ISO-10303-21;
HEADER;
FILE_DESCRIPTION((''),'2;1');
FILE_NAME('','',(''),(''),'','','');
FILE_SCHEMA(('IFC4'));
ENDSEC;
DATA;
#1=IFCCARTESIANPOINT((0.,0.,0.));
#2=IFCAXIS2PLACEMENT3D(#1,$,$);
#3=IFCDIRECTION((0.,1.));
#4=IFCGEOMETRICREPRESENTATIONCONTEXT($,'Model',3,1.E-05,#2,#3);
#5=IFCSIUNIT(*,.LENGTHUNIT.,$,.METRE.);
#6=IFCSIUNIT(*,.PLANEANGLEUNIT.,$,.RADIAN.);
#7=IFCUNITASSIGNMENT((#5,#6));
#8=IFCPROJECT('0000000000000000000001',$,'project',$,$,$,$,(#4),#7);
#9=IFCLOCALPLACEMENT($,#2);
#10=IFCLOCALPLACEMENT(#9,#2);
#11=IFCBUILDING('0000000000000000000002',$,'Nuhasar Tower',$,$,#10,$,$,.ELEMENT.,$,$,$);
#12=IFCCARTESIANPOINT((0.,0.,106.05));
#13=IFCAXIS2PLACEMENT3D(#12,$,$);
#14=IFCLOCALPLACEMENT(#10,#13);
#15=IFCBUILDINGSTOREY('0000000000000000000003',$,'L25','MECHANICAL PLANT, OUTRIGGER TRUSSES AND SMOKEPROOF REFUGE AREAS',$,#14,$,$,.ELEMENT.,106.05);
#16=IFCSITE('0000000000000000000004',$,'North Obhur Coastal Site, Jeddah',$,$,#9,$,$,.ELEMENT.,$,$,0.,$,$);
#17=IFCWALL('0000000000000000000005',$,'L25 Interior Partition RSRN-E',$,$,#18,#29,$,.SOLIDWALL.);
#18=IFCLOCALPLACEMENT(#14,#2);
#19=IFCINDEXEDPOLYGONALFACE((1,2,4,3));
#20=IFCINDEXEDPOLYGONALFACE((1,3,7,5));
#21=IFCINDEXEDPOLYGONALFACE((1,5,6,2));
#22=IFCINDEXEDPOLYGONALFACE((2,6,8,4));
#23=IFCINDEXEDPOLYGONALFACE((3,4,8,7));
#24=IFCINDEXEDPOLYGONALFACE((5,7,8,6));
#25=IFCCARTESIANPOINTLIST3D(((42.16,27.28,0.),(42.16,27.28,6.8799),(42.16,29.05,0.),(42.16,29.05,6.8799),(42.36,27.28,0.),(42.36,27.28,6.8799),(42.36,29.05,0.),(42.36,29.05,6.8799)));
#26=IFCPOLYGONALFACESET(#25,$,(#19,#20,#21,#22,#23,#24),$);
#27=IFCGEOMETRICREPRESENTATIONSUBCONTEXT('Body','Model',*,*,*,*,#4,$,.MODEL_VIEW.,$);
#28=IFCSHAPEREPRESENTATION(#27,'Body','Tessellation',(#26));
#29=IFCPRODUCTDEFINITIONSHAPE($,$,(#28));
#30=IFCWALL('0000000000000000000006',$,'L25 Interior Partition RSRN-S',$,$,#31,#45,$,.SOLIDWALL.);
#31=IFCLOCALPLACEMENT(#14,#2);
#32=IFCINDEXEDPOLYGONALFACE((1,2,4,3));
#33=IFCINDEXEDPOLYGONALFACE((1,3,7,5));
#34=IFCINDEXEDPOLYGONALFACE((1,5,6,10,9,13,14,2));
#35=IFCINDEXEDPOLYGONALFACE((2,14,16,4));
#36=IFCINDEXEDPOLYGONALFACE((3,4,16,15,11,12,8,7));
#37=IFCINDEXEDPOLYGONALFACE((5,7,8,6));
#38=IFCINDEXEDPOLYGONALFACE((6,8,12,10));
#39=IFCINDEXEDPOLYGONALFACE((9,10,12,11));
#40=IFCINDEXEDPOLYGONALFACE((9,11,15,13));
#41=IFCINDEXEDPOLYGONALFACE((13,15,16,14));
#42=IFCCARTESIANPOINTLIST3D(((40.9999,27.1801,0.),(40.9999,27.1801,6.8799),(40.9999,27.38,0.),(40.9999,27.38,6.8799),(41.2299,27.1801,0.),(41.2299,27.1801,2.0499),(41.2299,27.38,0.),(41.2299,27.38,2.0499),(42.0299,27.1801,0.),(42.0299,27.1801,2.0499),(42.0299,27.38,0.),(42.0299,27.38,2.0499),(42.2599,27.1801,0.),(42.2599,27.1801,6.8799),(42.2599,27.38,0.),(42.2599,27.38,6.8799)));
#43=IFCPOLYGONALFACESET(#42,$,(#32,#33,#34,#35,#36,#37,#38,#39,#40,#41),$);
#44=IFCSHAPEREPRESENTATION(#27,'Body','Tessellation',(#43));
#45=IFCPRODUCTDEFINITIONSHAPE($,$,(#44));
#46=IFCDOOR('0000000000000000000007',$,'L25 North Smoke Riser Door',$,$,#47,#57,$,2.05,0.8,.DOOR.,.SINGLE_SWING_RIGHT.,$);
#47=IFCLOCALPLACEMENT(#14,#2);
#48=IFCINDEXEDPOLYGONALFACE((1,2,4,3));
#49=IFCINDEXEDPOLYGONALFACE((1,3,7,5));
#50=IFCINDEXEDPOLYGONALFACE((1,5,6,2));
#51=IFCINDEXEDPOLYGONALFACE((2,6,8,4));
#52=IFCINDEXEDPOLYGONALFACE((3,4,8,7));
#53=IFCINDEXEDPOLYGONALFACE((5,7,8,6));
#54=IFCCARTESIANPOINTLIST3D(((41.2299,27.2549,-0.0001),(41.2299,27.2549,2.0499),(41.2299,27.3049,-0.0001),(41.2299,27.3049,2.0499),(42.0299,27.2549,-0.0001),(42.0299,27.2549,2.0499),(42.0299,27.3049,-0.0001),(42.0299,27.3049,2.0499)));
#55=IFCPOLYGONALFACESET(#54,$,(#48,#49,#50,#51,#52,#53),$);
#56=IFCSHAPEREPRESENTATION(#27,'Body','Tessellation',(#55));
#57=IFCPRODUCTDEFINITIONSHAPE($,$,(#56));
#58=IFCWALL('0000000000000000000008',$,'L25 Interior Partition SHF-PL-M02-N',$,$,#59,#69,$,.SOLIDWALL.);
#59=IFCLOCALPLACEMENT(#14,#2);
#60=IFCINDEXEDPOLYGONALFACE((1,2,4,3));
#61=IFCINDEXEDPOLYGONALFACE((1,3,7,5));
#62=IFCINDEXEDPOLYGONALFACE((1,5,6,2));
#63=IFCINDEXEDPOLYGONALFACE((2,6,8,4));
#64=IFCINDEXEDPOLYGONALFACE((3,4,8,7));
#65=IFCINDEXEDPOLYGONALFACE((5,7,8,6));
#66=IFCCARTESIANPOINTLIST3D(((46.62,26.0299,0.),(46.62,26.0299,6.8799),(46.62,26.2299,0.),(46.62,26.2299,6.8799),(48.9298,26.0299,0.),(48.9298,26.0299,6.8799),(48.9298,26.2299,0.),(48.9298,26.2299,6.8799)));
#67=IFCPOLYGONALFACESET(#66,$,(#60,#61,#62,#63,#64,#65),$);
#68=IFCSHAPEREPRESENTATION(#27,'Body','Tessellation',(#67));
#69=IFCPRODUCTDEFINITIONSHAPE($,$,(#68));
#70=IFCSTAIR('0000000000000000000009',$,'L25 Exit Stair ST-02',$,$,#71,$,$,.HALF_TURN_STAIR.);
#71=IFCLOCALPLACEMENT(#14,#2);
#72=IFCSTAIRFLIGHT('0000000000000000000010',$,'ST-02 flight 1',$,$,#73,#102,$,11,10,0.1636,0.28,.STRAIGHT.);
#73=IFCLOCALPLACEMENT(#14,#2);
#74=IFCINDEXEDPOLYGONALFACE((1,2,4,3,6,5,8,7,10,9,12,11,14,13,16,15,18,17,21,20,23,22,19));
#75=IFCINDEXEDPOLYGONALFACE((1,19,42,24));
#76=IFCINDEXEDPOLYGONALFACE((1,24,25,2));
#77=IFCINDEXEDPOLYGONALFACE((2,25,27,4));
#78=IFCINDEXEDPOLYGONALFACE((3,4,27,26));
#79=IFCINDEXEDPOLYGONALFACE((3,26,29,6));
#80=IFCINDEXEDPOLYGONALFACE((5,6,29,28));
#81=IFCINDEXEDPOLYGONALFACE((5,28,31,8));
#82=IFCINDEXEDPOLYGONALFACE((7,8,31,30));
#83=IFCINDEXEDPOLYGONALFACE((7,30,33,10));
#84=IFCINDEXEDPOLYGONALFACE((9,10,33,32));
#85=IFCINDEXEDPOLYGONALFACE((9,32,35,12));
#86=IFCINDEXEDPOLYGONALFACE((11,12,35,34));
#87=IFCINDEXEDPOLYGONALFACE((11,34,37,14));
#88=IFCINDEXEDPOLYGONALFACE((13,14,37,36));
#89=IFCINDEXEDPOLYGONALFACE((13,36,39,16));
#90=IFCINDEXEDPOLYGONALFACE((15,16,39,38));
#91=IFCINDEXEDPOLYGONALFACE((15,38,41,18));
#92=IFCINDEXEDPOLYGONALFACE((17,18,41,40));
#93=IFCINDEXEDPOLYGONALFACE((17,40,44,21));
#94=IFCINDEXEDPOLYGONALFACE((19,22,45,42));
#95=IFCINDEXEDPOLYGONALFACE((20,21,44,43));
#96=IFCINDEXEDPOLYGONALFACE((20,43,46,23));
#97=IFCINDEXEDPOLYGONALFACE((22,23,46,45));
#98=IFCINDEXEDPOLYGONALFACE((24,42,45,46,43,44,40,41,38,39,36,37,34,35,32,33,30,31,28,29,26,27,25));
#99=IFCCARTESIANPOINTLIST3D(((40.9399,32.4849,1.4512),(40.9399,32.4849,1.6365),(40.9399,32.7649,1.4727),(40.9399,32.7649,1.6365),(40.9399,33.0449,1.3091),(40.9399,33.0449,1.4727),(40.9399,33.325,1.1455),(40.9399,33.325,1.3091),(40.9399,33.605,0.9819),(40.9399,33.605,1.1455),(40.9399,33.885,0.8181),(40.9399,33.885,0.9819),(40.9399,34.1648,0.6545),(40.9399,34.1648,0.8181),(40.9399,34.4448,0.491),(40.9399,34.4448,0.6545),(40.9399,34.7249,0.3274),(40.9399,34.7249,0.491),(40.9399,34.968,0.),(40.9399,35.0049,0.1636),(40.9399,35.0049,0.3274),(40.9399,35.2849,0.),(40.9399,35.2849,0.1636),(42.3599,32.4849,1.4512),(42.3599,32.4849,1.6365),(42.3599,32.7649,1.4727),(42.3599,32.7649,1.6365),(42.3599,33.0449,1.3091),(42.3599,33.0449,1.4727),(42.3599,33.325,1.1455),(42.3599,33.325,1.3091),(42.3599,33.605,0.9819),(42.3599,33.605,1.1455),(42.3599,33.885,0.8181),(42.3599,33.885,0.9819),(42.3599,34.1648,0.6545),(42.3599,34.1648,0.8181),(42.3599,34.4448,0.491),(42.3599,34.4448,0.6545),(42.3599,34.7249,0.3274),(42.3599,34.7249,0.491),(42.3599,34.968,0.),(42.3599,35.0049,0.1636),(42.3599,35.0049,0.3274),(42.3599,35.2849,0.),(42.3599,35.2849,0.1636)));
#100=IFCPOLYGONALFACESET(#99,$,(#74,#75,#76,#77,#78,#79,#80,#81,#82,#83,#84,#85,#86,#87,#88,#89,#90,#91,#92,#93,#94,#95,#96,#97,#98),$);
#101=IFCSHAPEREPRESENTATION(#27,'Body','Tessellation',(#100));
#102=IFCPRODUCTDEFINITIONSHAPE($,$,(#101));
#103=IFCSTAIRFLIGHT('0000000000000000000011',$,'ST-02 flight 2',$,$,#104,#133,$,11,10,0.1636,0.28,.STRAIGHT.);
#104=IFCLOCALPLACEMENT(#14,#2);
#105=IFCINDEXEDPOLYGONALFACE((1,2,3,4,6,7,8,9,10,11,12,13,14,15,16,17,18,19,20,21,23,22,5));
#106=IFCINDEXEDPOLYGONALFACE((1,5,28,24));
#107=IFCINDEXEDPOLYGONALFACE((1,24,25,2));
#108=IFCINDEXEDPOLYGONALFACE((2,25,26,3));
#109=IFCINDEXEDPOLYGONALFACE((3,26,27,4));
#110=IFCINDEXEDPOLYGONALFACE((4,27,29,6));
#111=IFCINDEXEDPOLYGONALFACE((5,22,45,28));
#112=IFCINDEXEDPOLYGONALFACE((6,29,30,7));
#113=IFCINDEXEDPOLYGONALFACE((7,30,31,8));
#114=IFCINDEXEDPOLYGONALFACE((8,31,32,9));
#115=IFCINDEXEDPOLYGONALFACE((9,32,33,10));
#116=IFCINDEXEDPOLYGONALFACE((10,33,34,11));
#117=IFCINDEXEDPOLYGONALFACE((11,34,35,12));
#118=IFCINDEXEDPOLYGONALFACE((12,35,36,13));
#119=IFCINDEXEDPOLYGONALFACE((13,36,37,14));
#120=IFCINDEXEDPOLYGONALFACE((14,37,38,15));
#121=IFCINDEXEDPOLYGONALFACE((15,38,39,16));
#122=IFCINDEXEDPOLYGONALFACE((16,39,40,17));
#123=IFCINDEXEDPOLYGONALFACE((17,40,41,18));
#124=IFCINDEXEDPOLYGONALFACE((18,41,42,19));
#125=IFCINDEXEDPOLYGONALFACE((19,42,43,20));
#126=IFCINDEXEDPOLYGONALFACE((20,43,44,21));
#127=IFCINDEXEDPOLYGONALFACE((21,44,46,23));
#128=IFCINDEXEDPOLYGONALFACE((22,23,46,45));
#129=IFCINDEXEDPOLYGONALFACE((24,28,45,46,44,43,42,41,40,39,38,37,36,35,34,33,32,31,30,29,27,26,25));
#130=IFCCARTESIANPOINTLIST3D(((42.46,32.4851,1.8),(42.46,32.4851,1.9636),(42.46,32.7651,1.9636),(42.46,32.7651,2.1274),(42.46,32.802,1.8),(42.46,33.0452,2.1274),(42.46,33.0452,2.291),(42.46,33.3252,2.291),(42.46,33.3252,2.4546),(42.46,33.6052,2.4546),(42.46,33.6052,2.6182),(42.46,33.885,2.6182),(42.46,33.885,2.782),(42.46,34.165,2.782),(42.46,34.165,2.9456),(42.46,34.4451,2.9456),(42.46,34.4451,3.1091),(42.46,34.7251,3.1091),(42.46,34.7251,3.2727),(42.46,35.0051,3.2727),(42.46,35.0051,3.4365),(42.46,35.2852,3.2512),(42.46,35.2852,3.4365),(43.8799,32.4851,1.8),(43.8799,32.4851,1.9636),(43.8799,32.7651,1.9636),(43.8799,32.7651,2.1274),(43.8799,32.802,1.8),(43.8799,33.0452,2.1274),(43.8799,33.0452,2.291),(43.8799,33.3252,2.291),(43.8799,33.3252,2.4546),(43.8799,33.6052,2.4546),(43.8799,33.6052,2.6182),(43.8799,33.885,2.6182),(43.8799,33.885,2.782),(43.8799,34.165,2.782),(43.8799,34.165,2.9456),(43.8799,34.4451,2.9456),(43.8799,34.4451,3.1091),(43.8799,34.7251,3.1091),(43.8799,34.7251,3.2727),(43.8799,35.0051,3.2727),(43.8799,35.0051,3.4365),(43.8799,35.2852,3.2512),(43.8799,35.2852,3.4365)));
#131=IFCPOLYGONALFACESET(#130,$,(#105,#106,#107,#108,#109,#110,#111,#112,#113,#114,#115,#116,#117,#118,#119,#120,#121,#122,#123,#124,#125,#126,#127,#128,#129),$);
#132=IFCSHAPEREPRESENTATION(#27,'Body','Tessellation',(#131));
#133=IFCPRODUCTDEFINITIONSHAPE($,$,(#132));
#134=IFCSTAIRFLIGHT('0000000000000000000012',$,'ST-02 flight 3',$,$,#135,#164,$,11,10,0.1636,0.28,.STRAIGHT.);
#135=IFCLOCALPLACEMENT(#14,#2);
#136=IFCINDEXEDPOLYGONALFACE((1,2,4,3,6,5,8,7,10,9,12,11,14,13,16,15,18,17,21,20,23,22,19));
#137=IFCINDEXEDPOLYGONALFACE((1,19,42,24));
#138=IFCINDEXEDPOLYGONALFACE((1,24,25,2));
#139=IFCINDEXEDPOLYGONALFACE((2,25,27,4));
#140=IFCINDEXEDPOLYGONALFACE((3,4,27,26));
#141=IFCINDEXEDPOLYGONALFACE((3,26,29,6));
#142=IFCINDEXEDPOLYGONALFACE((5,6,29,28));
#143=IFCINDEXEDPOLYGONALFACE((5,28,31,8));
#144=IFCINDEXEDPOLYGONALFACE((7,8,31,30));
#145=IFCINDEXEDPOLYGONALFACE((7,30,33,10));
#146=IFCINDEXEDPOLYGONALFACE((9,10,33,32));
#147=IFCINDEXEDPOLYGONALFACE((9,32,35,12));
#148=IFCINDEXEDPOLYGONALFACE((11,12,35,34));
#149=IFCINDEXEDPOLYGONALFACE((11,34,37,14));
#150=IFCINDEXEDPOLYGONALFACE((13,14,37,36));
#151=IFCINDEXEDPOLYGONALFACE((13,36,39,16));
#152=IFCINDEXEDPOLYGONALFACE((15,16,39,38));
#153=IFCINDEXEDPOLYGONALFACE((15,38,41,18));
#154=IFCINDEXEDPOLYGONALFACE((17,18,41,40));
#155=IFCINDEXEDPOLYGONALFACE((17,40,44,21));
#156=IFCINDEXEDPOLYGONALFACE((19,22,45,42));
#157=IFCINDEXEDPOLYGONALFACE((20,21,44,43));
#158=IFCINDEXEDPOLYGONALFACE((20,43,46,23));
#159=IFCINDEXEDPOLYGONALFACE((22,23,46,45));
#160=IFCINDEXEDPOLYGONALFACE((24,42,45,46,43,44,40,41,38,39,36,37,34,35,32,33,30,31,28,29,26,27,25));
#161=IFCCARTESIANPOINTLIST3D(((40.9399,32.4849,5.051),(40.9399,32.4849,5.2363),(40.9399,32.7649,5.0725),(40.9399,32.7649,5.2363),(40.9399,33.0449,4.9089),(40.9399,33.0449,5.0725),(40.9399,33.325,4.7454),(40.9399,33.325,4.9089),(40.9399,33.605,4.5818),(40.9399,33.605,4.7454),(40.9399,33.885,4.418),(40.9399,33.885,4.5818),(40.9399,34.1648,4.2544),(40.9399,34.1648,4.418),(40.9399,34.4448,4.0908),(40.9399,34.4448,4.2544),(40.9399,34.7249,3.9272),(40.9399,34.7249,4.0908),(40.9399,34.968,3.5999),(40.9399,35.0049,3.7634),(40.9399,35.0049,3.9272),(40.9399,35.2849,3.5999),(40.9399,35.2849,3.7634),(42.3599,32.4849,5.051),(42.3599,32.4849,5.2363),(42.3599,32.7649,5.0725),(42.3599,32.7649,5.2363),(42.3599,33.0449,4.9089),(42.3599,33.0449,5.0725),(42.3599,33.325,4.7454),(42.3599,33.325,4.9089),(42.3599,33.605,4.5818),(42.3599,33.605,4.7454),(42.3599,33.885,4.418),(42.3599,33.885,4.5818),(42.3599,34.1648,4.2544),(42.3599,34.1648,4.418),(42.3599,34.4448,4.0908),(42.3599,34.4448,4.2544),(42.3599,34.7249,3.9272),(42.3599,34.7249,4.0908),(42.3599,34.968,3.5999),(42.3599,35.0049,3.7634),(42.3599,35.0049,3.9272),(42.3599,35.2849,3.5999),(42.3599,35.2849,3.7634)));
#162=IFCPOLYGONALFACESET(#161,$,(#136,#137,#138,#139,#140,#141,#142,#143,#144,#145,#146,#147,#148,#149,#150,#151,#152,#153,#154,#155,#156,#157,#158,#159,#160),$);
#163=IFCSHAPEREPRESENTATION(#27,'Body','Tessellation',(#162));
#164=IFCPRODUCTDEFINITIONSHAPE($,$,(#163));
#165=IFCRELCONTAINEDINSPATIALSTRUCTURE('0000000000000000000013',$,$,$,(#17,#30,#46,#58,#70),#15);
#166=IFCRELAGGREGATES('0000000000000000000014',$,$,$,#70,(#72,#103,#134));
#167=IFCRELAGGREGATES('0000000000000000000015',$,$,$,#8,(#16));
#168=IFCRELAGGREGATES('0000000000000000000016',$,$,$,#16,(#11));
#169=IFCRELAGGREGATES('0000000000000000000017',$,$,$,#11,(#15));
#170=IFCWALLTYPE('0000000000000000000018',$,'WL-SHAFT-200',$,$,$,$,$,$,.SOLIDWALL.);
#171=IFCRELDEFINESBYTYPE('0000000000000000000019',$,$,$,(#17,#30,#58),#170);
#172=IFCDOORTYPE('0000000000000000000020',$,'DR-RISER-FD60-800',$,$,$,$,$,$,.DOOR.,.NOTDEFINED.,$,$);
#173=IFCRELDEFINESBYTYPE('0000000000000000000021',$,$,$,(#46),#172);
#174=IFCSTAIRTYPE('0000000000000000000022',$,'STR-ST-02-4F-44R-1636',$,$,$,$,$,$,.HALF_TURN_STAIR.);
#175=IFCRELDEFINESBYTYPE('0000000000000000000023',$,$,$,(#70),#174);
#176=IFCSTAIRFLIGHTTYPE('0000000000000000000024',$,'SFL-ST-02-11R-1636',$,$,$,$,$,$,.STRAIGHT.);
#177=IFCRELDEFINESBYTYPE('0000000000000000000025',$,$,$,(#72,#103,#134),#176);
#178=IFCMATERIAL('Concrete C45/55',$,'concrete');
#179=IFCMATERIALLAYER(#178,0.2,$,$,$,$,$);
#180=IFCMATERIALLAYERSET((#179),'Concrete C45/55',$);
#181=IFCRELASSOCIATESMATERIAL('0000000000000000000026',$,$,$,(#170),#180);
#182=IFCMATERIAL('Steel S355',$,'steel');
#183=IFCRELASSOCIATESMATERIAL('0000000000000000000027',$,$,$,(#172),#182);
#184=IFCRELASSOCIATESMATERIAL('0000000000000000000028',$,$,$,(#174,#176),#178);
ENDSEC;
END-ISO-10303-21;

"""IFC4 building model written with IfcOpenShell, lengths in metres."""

from ifc_helpers import new_model, si_unit, direction, frame, frame_2d, origin, place, context, subcontext, project, spatial, polyline, rectangle, outline, extrude, material, layer, layer_set, type_object, element, fill, aggregate, save


model = new_model("IFC4")

# Units and contexts
model_context = context("Model", 3, precision=1e-05, world=origin(), true_north=direction((0.0, 1.0)))
body_context = subcontext(model_context, "Body", "Model", "MODEL_VIEW")
ifc_project = project(units=[si_unit("LENGTHUNIT", "METRE"), si_unit("PLANEANGLEUNIT", "RADIAN")], contexts=[model_context])

# Site, building, storey
site_placement = place(None, origin())
site = spatial("IfcSite", under=ifc_project, at=site_placement, Name="North Obhur Coastal Site, Jeddah", CompositionType="ELEMENT", RefElevation=0.0)
building_placement = place(site_placement, origin())
building = spatial("IfcBuilding", under=site, at=building_placement, Name="Nuhasar Tower", CompositionType="ELEMENT")
storey_placement = place(building_placement, frame((0.0, 0.0, 106.05)))
storey = spatial("IfcBuildingStorey", under=building, at=storey_placement, Name="L25", Description="MECHANICAL PLANT, OUTRIGGER TRUSSES AND SMOKEPROOF REFUGE AREAS", CompositionType="ELEMENT", Elevation=106.05)

# Shared definitions
ifc_material_1 = material(Name="Steel S355", Category="steel")

# Wall
ifc_material_2 = material(Name="Concrete C45/55", Category="concrete")
ifc_layer_1 = layer(ifc_material_2, 0.2)
ifc_layer_set_1 = layer_set([ifc_layer_1], Name="Concrete C45/55")
wall_type_1 = type_object("IfcWallType", Name="WL-SHAFT-200", PredefinedType="SOLIDWALL", material=ifc_layer_set_1)
for number, where, z_axis, x_axis, name in (
    (1, (42.26, 27.28, 0.0), (0.0, 0.0, 1.0), (0.0, 1.0, 0.0), "L25 Interior Partition RSRN-E"),
):
    element("IfcWall", number, at=place(storey_placement, frame(where, z_axis=z_axis, x_axis=x_axis)), inside=storey, type_object=wall_type_1, Name=name, PredefinedType="SOLIDWALL", context=body_context, shape_type="SweptSolid", body=[
        extrude(rectangle(XDim=1.77, YDim=0.2, at=frame_2d((0.885, 0.0))), origin(), (0.0, 0.0, 1.0), 6.8799),
    ])

# Wall, opening, door
wall_1_placement = place(storey_placement, frame((41.0, 27.28, 0.0), z_axis=(0.0, 0.0, 1.0), x_axis=(1.0, 0.0, 0.0)))
wall_1 = element("IfcWall", 2, at=wall_1_placement, inside=storey, type_object=wall_type_1, Name="L25 Interior Partition RSRN-S", PredefinedType="SOLIDWALL", context=body_context, shape_type="SweptSolid", body=[
    extrude(rectangle(XDim=1.26, YDim=0.2, at=frame_2d((0.6299, 0.0))), origin(), (0.0, 0.0, 1.0), 6.8799),
])
opening_1_placement = place(wall_1_placement, frame((0.23, 0.0, 0.0)))
opening_1 = element("IfcOpeningElement", 3, at=opening_1_placement, cuts=wall_1, PredefinedType="OPENING", context=body_context, shape_type="SweptSolid", body=[
    extrude(rectangle(XDim=0.8, YDim=2.05, at=frame_2d((0.3999, 1.0249))), frame((0.0, 0.1099, 0.0), z_axis=(0.0, -1.0, 0.0), x_axis=(1.0, 0.0, 0.0)), (0.0, 0.0, 1.0), 0.22),
])
door_type_1 = type_object("IfcDoorType", Name="DR-RISER-FD60-800", OperationType="NOTDEFINED", PredefinedType="DOOR", material=ifc_material_1)
door_1_placement = place(opening_1_placement, origin())
door_1 = element("IfcDoor", 4, at=door_1_placement, inside=storey, type_object=door_type_1, Name="L25 North Smoke Riser Door", OperationType="SINGLE_SWING_RIGHT", OverallHeight=2.05, OverallWidth=0.8, PredefinedType="DOOR", context=body_context, shape_type="SweptSolid", body=[
    extrude(rectangle(XDim=0.8, YDim=2.05, at=frame_2d((0.3999, 1.0249))), frame((0.0, 0.0249, 0.0), z_axis=(0.0, -1.0, 0.0), x_axis=(1.0, 0.0, 0.0)), (0.0, 0.0, 1.0), 0.05),
])
fill(opening_1, door_1)

# Wall
wall_2_placement = place(storey_placement, frame((46.6201, 26.1299, 0.0), z_axis=(0.0, 0.0, 1.0), x_axis=(1.0, 0.0, 0.0)))
element("IfcWall", 5, at=wall_2_placement, inside=storey, type_object=wall_type_1, Name="L25 Interior Partition SHF-PL-M02-N", PredefinedType="SOLIDWALL", context=body_context, shape_type="SweptSolid", body=[
    extrude(rectangle(XDim=2.3098, YDim=0.2, at=frame_2d((1.1548, 0.0))), origin(), (0.0, 0.0, 1.0), 6.8799),
])

# Stair, stair flights
stair_type_1 = type_object("IfcStairType", Name="STR-ST-02-4F-44R-1636", PredefinedType="HALF_TURN_STAIR", material=ifc_material_2)
stair_1_placement = place(storey_placement, origin())
stair_1 = element("IfcStair", 6, at=stair_1_placement, inside=storey, type_object=stair_type_1, Name="L25 Exit Stair ST-02", PredefinedType="HALF_TURN_STAIR")
stair_flight_type_1 = type_object("IfcStairFlightType", Name="SFL-ST-02-11R-1636", PredefinedType="STRAIGHT", material=ifc_material_2)
stair_flight_1_placement = place(storey_placement, frame((41.6499, 35.2849, 0.0), z_axis=(0.0, 0.0, 1.0), x_axis=(0.0, -1.0, 0.0)))
stair_flight_1 = element("IfcStairFlight", 7, at=stair_flight_1_placement, type_object=stair_flight_type_1, Name="ST-02 flight 1", NumberOfRisers=11, NumberOfTreads=10, PredefinedType="STRAIGHT", RiserHeight=0.1636, TreadLength=0.28, context=body_context, shape_type="SweptSolid", body=[
    extrude(outline(polyline([(0.0, 0.0), (0.0, 0.1636), (0.28, 0.1636), (0.28, 0.3274), (0.5601, 0.3274), (0.5601, 0.491), (0.8401, 0.491), (0.8401, 0.6545), (1.1201, 0.6545), (1.1201, 0.8181), (1.3999, 0.8181), (1.3999, 0.9819), (1.6799, 0.9819), (1.6799, 1.1455), (1.96, 1.1455), (1.96, 1.3091), (2.24, 1.3091), (2.24, 1.4727), (2.52, 1.4727), (2.52, 1.6365), (2.8, 1.6365), (2.8, 1.8), (2.8, 1.4512), (0.3169, 0.0), (0.0, 0.0)])), frame((0.0, 0.71, 0.0), z_axis=(0.0, -1.0, 0.0), x_axis=(1.0, 0.0, 0.0)), (0.0, 0.0, 1.0), 1.4199),
])
stair_flight_2_placement = place(storey_placement, frame((43.1699, 32.4851, 1.8), z_axis=(0.0, 0.0, 1.0), x_axis=(0.0, 1.0, 0.0)))
stair_flight_2 = element("IfcStairFlight", 8, at=stair_flight_2_placement, type_object=stair_flight_type_1, Name="ST-02 flight 2", NumberOfRisers=11, NumberOfTreads=10, PredefinedType="STRAIGHT", RiserHeight=0.1636, TreadLength=0.28, context=body_context, shape_type="SweptSolid", body=[
    extrude(outline(polyline([(0.0, 0.0), (0.0, 0.1636), (0.28, 0.1636), (0.28, 0.3274), (0.5601, 0.3274), (0.5601, 0.491), (0.8401, 0.491), (0.8401, 0.6545), (1.1201, 0.6545), (1.1201, 0.8181), (1.3999, 0.8181), (1.3999, 0.9819), (1.6799, 0.9819), (1.6799, 1.1455), (1.96, 1.1455), (1.96, 1.3091), (2.24, 1.3091), (2.24, 1.4727), (2.52, 1.4727), (2.52, 1.6365), (2.8, 1.6365), (2.8, 1.8), (2.8, 1.4512), (0.3169, 0.0), (0.0, 0.0)])), frame((0.0, 0.71, 0.0), z_axis=(0.0, -1.0, 0.0), x_axis=(1.0, 0.0, 0.0)), (0.0, 0.0, 1.0), 1.4199),
])
stair_flight_3_placement = place(storey_placement, frame((41.6499, 35.2849, 3.5999), z_axis=(0.0, 0.0, 1.0), x_axis=(0.0, -1.0, 0.0)))
stair_flight_3 = element("IfcStairFlight", 9, at=stair_flight_3_placement, type_object=stair_flight_type_1, Name="ST-02 flight 3", NumberOfRisers=11, NumberOfTreads=10, PredefinedType="STRAIGHT", RiserHeight=0.1636, TreadLength=0.28, context=body_context, shape_type="SweptSolid", body=[
    extrude(outline(polyline([(0.0, 0.0), (0.0, 0.1636), (0.28, 0.1636), (0.28, 0.3274), (0.5601, 0.3274), (0.5601, 0.491), (0.8401, 0.491), (0.8401, 0.6545), (1.1201, 0.6545), (1.1201, 0.8181), (1.3999, 0.8181), (1.3999, 0.9819), (1.6799, 0.9819), (1.6799, 1.1455), (1.96, 1.1455), (1.96, 1.3091), (2.24, 1.3091), (2.24, 1.4727), (2.52, 1.4727), (2.52, 1.6365), (2.8, 1.6365), (2.8, 1.8), (2.8, 1.4512), (0.3169, 0.0), (0.0, 0.0)])), frame((0.0, 0.71, 0.0), z_axis=(0.0, -1.0, 0.0), x_axis=(1.0, 0.0, 0.0)), (0.0, 0.0, 1.0), 1.4199),
])
aggregate(stair_1, [stair_flight_1, stair_flight_2, stair_flight_3])

save(model, "model.ifc")
